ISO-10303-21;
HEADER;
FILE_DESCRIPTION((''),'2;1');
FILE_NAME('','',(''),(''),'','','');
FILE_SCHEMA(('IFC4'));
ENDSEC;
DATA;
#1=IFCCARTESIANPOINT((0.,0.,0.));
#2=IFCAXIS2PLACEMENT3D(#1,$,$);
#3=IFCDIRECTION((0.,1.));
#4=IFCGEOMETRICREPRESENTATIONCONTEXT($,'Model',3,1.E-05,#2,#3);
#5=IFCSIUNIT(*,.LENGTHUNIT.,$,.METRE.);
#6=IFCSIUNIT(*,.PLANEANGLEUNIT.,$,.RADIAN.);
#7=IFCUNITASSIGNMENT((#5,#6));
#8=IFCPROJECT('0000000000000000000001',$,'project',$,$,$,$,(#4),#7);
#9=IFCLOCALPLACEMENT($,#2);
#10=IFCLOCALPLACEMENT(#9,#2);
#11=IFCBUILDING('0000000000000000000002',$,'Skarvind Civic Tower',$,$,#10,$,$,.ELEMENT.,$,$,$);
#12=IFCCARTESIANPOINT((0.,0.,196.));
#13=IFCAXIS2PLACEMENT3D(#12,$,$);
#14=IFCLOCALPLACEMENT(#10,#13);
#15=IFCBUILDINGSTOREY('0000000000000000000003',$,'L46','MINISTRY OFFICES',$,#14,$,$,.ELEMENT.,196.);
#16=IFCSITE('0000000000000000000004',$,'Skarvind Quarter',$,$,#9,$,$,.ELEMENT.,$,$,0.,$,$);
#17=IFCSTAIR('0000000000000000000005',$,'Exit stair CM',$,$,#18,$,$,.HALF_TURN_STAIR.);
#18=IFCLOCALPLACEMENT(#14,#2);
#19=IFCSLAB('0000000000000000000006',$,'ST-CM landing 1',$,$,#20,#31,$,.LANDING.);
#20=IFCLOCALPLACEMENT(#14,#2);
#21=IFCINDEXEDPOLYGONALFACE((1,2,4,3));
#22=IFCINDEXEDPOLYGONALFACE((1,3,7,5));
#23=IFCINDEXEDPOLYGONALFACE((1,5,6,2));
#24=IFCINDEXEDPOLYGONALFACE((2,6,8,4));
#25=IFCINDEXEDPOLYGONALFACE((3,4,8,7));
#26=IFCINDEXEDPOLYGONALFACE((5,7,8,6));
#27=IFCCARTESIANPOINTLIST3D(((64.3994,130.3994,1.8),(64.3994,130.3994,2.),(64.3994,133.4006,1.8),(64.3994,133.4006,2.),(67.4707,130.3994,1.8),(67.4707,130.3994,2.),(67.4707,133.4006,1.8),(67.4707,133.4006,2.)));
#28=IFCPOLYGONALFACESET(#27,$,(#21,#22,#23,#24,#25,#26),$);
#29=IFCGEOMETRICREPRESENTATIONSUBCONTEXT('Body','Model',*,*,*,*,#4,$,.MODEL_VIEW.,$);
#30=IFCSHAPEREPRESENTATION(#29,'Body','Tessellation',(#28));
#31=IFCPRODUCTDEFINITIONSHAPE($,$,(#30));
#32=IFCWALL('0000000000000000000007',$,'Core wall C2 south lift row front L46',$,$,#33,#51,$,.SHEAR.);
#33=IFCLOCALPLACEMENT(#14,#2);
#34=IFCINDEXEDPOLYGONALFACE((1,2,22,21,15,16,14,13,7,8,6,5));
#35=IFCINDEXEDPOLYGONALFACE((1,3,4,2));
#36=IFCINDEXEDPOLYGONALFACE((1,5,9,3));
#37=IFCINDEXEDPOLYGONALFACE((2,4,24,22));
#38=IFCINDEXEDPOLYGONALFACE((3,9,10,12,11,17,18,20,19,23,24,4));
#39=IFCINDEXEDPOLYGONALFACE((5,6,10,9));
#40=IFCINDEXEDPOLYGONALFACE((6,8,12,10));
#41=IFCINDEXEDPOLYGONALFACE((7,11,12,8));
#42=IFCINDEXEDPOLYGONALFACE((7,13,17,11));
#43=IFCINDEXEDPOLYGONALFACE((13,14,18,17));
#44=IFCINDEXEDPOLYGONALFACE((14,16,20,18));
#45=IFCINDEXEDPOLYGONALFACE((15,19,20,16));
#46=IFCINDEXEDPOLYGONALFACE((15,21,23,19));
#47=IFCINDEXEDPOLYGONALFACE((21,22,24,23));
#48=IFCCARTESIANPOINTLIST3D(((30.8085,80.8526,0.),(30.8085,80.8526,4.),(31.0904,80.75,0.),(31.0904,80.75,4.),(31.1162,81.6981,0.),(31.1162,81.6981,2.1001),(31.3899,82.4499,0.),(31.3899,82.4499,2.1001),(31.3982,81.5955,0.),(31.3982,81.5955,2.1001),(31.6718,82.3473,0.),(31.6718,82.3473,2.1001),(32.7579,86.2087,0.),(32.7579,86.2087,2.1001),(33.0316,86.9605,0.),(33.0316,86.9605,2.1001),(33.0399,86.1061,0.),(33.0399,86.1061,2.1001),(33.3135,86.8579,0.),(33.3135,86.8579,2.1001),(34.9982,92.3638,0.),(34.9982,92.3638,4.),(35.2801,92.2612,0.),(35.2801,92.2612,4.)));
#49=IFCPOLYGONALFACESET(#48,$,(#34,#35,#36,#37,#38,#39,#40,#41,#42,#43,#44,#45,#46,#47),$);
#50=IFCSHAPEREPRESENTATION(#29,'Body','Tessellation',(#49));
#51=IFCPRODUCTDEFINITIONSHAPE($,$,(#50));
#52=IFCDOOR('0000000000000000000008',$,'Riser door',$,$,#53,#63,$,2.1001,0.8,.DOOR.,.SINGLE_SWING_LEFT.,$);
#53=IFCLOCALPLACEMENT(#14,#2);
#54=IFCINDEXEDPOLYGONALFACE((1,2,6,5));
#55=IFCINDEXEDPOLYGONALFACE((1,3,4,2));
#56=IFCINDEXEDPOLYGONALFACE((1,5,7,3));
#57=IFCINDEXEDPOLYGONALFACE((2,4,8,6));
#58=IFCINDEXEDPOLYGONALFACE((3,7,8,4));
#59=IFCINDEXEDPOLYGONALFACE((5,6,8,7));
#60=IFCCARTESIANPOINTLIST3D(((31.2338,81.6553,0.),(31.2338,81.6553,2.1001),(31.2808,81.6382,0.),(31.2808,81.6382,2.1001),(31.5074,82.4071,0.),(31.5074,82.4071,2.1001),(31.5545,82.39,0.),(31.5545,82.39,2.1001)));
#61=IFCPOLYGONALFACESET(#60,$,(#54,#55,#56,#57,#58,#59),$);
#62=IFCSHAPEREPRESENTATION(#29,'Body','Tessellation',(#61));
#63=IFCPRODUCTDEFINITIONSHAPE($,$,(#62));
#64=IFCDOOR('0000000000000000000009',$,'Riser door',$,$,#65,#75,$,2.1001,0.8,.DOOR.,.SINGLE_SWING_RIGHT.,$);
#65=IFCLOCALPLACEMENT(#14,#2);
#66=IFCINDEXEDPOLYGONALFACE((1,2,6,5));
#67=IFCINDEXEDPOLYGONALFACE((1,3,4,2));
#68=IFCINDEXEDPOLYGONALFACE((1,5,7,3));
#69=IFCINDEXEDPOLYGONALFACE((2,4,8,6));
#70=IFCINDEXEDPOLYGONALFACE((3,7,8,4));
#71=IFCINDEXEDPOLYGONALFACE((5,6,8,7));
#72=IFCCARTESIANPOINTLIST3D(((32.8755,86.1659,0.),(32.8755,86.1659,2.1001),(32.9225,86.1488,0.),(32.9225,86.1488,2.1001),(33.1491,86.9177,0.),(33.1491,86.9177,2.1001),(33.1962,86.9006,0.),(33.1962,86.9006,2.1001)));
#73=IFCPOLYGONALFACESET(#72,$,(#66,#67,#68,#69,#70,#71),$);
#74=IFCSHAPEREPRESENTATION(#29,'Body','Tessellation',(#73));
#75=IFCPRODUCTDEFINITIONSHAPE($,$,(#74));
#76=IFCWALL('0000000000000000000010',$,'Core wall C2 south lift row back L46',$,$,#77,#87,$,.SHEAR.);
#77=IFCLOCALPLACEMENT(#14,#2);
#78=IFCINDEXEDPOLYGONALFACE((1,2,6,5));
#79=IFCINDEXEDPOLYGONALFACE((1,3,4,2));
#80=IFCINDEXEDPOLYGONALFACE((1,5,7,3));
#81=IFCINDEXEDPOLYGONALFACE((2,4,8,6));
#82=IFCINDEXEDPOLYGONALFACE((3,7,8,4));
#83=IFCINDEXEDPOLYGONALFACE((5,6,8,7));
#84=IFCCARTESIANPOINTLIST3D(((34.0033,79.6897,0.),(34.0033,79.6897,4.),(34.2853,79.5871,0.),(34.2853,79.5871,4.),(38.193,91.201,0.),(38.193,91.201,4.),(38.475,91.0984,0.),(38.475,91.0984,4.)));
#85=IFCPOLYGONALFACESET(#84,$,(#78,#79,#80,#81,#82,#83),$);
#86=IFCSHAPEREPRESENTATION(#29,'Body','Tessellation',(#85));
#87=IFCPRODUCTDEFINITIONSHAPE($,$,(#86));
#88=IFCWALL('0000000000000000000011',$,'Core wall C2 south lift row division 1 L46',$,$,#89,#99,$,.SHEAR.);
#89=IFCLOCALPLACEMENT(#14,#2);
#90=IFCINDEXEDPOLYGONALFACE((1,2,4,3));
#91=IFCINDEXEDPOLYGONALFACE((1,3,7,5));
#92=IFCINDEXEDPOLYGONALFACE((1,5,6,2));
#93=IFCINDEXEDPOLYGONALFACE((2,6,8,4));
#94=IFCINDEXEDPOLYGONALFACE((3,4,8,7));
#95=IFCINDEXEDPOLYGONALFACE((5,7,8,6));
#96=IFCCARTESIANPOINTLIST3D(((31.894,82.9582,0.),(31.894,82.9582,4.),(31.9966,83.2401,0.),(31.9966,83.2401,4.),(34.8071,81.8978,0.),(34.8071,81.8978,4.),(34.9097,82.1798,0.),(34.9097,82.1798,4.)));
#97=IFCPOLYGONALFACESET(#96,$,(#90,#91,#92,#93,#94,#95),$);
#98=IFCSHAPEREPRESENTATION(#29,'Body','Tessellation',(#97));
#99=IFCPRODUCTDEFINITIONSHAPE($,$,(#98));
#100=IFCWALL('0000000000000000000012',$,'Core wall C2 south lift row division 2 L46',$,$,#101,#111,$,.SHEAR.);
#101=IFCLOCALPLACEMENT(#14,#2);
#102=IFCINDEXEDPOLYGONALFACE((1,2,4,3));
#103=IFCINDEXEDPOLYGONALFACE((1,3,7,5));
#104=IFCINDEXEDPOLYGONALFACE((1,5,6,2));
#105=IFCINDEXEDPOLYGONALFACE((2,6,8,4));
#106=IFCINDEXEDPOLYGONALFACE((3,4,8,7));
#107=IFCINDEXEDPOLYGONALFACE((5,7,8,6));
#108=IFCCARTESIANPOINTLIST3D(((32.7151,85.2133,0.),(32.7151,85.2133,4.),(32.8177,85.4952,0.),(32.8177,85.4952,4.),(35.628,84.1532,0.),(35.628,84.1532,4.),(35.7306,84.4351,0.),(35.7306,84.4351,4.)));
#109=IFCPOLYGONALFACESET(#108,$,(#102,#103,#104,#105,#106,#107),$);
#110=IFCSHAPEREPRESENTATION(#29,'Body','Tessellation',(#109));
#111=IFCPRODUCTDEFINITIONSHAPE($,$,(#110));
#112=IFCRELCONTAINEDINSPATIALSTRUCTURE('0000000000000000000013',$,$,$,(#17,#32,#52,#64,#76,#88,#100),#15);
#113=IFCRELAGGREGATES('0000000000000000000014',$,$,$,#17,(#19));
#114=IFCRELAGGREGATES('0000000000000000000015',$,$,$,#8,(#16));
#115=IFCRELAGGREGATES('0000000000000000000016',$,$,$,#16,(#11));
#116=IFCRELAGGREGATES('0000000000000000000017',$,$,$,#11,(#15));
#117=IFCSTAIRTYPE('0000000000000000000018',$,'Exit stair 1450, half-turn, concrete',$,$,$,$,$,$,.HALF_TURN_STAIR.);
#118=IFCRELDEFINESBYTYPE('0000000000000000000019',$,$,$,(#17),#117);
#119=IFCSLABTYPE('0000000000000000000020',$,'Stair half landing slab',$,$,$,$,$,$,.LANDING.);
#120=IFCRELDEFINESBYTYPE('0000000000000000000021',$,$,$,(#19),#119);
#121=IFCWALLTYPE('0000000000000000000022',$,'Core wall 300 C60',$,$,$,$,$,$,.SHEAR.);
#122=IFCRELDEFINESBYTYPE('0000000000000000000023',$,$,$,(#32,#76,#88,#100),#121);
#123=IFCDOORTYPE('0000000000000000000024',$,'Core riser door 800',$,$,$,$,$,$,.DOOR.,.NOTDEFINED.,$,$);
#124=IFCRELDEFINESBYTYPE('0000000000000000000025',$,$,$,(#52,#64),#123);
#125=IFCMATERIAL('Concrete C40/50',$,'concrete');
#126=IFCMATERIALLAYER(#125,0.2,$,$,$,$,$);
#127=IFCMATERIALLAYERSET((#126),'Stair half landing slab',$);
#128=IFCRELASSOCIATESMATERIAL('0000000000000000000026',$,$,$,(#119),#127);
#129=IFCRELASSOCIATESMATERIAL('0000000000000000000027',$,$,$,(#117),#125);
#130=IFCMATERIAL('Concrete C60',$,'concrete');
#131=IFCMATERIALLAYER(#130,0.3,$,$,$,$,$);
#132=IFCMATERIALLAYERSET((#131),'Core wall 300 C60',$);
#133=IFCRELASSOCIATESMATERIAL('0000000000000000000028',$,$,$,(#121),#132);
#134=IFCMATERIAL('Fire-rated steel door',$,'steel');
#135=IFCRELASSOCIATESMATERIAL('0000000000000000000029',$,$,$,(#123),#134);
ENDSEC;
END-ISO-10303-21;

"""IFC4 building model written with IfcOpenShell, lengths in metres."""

from ifc_helpers import new_model, si_unit, direction, frame, frame_2d, origin, place, context, subcontext, project, spatial, polyline, rectangle, outline, extrude, material, layer, layer_set, type_object, element, fill, aggregate, save


model = new_model("IFC4")

# Units and contexts
model_context = context("Model", 3, precision=1e-05, world=origin(), true_north=direction((0.0, 1.0)))
body_context = subcontext(model_context, "Body", "Model", "MODEL_VIEW")
ifc_project = project(units=[si_unit("LENGTHUNIT", "METRE"), si_unit("PLANEANGLEUNIT", "RADIAN")], contexts=[model_context])

# Site, building, storey
site_placement = place(None, origin())
site = spatial("IfcSite", under=ifc_project, at=site_placement, Name="Skarvind Quarter", CompositionType="ELEMENT", RefElevation=0.0)
building_placement = place(site_placement, origin())
building = spatial("IfcBuilding", under=site, at=building_placement, Name="Skarvind Civic Tower", CompositionType="ELEMENT")
storey_placement = place(building_placement, frame((0.0, 0.0, 196.0)))
storey = spatial("IfcBuildingStorey", under=building, at=storey_placement, Name="L46", Description="MINISTRY OFFICES", CompositionType="ELEMENT", Elevation=196.0)

# Shared definitions
ifc_material_1 = material(Name="Concrete C40/50", Category="concrete")

# Stair, slab
ifc_layer_1 = layer(ifc_material_1, 0.2)
ifc_layer_set_1 = layer_set([ifc_layer_1], Name="Stair half landing slab")
slab_type_1 = type_object("IfcSlabType", Name="Stair half landing slab", PredefinedType="LANDING", material=ifc_layer_set_1)
stair_type_1 = type_object("IfcStairType", Name="Exit stair 1450, half-turn, concrete", PredefinedType="HALF_TURN_STAIR", material=ifc_material_1)
stair_1_placement = place(storey_placement, origin())
stair_1 = element("IfcStair", 1, at=stair_1_placement, inside=storey, type_object=stair_type_1, Name="Exit stair CM", PredefinedType="HALF_TURN_STAIR")
slab_1_placement = place(storey_placement, frame((0.0, 0.0, 1.8)))
slab_1 = element("IfcSlab", 2, at=slab_1_placement, type_object=slab_type_1, Name="ST-CM landing 1", PredefinedType="LANDING", context=body_context, shape_type="SweptSolid", body=[
    extrude(outline(polyline([(67.4707, 133.4006), (67.4707, 130.3994), (64.3994, 130.3994), (64.3994, 133.4006), (67.4707, 133.4006)])), origin(), (0.0, 0.0, 1.0), 0.2),
])
aggregate(stair_1, [slab_1])

# Wall, openings, doors
ifc_material_2 = material(Name="Concrete C60", Category="concrete")
ifc_layer_2 = layer(ifc_material_2, 0.3)
ifc_layer_set_2 = layer_set([ifc_layer_2], Name="Core wall 300 C60")
wall_type_1 = type_object("IfcWallType", Name="Core wall 300 C60", PredefinedType="SHEAR", material=ifc_layer_set_2)
wall_1_placement = place(storey_placement, frame((30.9495, 80.8013, 0.0), z_axis=(0.0, 0.0, 1.0), x_axis=(0.342017, 0.939694, 0.0)))
wall_1 = element("IfcWall", 3, at=wall_1_placement, inside=storey, type_object=wall_type_1, Name="Core wall C2 south lift row front L46", PredefinedType="SHEAR", context=body_context, shape_type="SweptSolid", body=[
    extrude(rectangle(XDim=12.25, YDim=0.3, at=frame_2d((6.125, 0.0))), origin(), (0.0, 0.0, 1.0), 4.0),
])
opening_1_placement = place(wall_1_placement, frame((0.8999, 0.0, 0.0)))
opening_1 = element("IfcOpeningElement", 4, at=opening_1_placement, cuts=wall_1, PredefinedType="OPENING", context=body_context, shape_type="SweptSolid", body=[
    extrude(rectangle(XDim=0.8, YDim=2.1001, at=frame_2d((0.3999, 1.05))), frame((0.0, 0.1599, 0.0), z_axis=(0.0, -1.0, 0.0), x_axis=(1.0, 0.0, 0.0)), (0.0, 0.0, 1.0), 0.3201),
])
opening_2_placement = place(wall_1_placement, frame((5.7, 0.0, 0.0)))
opening_2 = element("IfcOpeningElement", 5, at=opening_2_placement, cuts=wall_1, PredefinedType="OPENING", context=body_context, shape_type="SweptSolid", body=[
    extrude(rectangle(XDim=0.8, YDim=2.1001, at=frame_2d((0.3999, 1.05))), frame((0.0, 0.1599, 0.0), z_axis=(0.0, -1.0, 0.0), x_axis=(1.0, 0.0, 0.0)), (0.0, 0.0, 1.0), 0.3201),
])
ifc_material_3 = material(Name="Fire-rated steel door", Category="steel")
door_type_1 = type_object("IfcDoorType", Name="Core riser door 800", OperationType="NOTDEFINED", PredefinedType="DOOR", material=ifc_material_3)
door_1_placement = place(opening_1_placement, origin())
door_1 = element("IfcDoor", 6, at=door_1_placement, inside=storey, type_object=door_type_1, Name="Riser door", OperationType="SINGLE_SWING_LEFT", OverallHeight=2.1001, OverallWidth=0.8, PredefinedType="DOOR", context=body_context, shape_type="SweptSolid", body=[
    extrude(rectangle(XDim=0.8, YDim=2.1001, at=frame_2d((0.3999, 1.05))), frame((0.0, 0.0249, 0.0), z_axis=(0.0, -1.0, 0.0), x_axis=(1.0, 0.0, 0.0)), (0.0, 0.0, 1.0), 0.05),
])
fill(opening_1, door_1)
door_2_placement = place(opening_2_placement, origin())
door_2 = element("IfcDoor", 7, at=door_2_placement, inside=storey, type_object=door_type_1, Name="Riser door", OperationType="SINGLE_SWING_RIGHT", OverallHeight=2.1001, OverallWidth=0.8, PredefinedType="DOOR", context=body_context, shape_type="SweptSolid", body=[
    extrude(rectangle(XDim=0.8, YDim=2.1001, at=frame_2d((0.3999, 1.05))), frame((0.0, 0.0249, 0.0), z_axis=(0.0, -1.0, 0.0), x_axis=(1.0, 0.0, 0.0)), (0.0, 0.0, 1.0), 0.05),
])
fill(opening_2, door_2)

# Walls
wall_2_placement = place(storey_placement, frame((34.1443, 79.6384, 0.0), z_axis=(0.0, 0.0, 1.0), x_axis=(0.342017, 0.939694, 0.0)))
element("IfcWall", 8, at=wall_2_placement, inside=storey, type_object=wall_type_1, Name="Core wall C2 south lift row back L46", PredefinedType="SHEAR", context=body_context, shape_type="SweptSolid", body=[
    extrude(rectangle(XDim=12.25, YDim=0.3, at=frame_2d((6.125, 0.0))), origin(), (0.0, 0.0, 1.0), 4.0),
])
wall_3_placement = place(storey_placement, frame((34.8584, 82.0388, 0.0), z_axis=(0.0, 0.0, 1.0), x_axis=(-0.93969, 0.342028, 0.0)))
element("IfcWall", 9, at=wall_3_placement, inside=storey, type_object=wall_type_1, Name="Core wall C2 south lift row division 1 L46", PredefinedType="SHEAR", context=body_context, shape_type="SweptSolid", body=[
    extrude(rectangle(XDim=3.1001, YDim=0.3, at=frame_2d((1.55, 0.0))), origin(), (0.0, 0.0, 1.0), 4.0),
])
wall_4_placement = place(storey_placement, frame((35.6792, 84.2942, 0.0), z_axis=(0.0, 0.0, 1.0), x_axis=(-0.939706, 0.341983, 0.0)))
element("IfcWall", 10, at=wall_4_placement, inside=storey, type_object=wall_type_1, Name="Core wall C2 south lift row division 2 L46", PredefinedType="SHEAR", context=body_context, shape_type="SweptSolid", body=[
    extrude(rectangle(XDim=3.0999, YDim=0.3, at=frame_2d((1.5498, 0.0))), origin(), (0.0, 0.0, 1.0), 4.0),
])

save(model, "model.ifc")
